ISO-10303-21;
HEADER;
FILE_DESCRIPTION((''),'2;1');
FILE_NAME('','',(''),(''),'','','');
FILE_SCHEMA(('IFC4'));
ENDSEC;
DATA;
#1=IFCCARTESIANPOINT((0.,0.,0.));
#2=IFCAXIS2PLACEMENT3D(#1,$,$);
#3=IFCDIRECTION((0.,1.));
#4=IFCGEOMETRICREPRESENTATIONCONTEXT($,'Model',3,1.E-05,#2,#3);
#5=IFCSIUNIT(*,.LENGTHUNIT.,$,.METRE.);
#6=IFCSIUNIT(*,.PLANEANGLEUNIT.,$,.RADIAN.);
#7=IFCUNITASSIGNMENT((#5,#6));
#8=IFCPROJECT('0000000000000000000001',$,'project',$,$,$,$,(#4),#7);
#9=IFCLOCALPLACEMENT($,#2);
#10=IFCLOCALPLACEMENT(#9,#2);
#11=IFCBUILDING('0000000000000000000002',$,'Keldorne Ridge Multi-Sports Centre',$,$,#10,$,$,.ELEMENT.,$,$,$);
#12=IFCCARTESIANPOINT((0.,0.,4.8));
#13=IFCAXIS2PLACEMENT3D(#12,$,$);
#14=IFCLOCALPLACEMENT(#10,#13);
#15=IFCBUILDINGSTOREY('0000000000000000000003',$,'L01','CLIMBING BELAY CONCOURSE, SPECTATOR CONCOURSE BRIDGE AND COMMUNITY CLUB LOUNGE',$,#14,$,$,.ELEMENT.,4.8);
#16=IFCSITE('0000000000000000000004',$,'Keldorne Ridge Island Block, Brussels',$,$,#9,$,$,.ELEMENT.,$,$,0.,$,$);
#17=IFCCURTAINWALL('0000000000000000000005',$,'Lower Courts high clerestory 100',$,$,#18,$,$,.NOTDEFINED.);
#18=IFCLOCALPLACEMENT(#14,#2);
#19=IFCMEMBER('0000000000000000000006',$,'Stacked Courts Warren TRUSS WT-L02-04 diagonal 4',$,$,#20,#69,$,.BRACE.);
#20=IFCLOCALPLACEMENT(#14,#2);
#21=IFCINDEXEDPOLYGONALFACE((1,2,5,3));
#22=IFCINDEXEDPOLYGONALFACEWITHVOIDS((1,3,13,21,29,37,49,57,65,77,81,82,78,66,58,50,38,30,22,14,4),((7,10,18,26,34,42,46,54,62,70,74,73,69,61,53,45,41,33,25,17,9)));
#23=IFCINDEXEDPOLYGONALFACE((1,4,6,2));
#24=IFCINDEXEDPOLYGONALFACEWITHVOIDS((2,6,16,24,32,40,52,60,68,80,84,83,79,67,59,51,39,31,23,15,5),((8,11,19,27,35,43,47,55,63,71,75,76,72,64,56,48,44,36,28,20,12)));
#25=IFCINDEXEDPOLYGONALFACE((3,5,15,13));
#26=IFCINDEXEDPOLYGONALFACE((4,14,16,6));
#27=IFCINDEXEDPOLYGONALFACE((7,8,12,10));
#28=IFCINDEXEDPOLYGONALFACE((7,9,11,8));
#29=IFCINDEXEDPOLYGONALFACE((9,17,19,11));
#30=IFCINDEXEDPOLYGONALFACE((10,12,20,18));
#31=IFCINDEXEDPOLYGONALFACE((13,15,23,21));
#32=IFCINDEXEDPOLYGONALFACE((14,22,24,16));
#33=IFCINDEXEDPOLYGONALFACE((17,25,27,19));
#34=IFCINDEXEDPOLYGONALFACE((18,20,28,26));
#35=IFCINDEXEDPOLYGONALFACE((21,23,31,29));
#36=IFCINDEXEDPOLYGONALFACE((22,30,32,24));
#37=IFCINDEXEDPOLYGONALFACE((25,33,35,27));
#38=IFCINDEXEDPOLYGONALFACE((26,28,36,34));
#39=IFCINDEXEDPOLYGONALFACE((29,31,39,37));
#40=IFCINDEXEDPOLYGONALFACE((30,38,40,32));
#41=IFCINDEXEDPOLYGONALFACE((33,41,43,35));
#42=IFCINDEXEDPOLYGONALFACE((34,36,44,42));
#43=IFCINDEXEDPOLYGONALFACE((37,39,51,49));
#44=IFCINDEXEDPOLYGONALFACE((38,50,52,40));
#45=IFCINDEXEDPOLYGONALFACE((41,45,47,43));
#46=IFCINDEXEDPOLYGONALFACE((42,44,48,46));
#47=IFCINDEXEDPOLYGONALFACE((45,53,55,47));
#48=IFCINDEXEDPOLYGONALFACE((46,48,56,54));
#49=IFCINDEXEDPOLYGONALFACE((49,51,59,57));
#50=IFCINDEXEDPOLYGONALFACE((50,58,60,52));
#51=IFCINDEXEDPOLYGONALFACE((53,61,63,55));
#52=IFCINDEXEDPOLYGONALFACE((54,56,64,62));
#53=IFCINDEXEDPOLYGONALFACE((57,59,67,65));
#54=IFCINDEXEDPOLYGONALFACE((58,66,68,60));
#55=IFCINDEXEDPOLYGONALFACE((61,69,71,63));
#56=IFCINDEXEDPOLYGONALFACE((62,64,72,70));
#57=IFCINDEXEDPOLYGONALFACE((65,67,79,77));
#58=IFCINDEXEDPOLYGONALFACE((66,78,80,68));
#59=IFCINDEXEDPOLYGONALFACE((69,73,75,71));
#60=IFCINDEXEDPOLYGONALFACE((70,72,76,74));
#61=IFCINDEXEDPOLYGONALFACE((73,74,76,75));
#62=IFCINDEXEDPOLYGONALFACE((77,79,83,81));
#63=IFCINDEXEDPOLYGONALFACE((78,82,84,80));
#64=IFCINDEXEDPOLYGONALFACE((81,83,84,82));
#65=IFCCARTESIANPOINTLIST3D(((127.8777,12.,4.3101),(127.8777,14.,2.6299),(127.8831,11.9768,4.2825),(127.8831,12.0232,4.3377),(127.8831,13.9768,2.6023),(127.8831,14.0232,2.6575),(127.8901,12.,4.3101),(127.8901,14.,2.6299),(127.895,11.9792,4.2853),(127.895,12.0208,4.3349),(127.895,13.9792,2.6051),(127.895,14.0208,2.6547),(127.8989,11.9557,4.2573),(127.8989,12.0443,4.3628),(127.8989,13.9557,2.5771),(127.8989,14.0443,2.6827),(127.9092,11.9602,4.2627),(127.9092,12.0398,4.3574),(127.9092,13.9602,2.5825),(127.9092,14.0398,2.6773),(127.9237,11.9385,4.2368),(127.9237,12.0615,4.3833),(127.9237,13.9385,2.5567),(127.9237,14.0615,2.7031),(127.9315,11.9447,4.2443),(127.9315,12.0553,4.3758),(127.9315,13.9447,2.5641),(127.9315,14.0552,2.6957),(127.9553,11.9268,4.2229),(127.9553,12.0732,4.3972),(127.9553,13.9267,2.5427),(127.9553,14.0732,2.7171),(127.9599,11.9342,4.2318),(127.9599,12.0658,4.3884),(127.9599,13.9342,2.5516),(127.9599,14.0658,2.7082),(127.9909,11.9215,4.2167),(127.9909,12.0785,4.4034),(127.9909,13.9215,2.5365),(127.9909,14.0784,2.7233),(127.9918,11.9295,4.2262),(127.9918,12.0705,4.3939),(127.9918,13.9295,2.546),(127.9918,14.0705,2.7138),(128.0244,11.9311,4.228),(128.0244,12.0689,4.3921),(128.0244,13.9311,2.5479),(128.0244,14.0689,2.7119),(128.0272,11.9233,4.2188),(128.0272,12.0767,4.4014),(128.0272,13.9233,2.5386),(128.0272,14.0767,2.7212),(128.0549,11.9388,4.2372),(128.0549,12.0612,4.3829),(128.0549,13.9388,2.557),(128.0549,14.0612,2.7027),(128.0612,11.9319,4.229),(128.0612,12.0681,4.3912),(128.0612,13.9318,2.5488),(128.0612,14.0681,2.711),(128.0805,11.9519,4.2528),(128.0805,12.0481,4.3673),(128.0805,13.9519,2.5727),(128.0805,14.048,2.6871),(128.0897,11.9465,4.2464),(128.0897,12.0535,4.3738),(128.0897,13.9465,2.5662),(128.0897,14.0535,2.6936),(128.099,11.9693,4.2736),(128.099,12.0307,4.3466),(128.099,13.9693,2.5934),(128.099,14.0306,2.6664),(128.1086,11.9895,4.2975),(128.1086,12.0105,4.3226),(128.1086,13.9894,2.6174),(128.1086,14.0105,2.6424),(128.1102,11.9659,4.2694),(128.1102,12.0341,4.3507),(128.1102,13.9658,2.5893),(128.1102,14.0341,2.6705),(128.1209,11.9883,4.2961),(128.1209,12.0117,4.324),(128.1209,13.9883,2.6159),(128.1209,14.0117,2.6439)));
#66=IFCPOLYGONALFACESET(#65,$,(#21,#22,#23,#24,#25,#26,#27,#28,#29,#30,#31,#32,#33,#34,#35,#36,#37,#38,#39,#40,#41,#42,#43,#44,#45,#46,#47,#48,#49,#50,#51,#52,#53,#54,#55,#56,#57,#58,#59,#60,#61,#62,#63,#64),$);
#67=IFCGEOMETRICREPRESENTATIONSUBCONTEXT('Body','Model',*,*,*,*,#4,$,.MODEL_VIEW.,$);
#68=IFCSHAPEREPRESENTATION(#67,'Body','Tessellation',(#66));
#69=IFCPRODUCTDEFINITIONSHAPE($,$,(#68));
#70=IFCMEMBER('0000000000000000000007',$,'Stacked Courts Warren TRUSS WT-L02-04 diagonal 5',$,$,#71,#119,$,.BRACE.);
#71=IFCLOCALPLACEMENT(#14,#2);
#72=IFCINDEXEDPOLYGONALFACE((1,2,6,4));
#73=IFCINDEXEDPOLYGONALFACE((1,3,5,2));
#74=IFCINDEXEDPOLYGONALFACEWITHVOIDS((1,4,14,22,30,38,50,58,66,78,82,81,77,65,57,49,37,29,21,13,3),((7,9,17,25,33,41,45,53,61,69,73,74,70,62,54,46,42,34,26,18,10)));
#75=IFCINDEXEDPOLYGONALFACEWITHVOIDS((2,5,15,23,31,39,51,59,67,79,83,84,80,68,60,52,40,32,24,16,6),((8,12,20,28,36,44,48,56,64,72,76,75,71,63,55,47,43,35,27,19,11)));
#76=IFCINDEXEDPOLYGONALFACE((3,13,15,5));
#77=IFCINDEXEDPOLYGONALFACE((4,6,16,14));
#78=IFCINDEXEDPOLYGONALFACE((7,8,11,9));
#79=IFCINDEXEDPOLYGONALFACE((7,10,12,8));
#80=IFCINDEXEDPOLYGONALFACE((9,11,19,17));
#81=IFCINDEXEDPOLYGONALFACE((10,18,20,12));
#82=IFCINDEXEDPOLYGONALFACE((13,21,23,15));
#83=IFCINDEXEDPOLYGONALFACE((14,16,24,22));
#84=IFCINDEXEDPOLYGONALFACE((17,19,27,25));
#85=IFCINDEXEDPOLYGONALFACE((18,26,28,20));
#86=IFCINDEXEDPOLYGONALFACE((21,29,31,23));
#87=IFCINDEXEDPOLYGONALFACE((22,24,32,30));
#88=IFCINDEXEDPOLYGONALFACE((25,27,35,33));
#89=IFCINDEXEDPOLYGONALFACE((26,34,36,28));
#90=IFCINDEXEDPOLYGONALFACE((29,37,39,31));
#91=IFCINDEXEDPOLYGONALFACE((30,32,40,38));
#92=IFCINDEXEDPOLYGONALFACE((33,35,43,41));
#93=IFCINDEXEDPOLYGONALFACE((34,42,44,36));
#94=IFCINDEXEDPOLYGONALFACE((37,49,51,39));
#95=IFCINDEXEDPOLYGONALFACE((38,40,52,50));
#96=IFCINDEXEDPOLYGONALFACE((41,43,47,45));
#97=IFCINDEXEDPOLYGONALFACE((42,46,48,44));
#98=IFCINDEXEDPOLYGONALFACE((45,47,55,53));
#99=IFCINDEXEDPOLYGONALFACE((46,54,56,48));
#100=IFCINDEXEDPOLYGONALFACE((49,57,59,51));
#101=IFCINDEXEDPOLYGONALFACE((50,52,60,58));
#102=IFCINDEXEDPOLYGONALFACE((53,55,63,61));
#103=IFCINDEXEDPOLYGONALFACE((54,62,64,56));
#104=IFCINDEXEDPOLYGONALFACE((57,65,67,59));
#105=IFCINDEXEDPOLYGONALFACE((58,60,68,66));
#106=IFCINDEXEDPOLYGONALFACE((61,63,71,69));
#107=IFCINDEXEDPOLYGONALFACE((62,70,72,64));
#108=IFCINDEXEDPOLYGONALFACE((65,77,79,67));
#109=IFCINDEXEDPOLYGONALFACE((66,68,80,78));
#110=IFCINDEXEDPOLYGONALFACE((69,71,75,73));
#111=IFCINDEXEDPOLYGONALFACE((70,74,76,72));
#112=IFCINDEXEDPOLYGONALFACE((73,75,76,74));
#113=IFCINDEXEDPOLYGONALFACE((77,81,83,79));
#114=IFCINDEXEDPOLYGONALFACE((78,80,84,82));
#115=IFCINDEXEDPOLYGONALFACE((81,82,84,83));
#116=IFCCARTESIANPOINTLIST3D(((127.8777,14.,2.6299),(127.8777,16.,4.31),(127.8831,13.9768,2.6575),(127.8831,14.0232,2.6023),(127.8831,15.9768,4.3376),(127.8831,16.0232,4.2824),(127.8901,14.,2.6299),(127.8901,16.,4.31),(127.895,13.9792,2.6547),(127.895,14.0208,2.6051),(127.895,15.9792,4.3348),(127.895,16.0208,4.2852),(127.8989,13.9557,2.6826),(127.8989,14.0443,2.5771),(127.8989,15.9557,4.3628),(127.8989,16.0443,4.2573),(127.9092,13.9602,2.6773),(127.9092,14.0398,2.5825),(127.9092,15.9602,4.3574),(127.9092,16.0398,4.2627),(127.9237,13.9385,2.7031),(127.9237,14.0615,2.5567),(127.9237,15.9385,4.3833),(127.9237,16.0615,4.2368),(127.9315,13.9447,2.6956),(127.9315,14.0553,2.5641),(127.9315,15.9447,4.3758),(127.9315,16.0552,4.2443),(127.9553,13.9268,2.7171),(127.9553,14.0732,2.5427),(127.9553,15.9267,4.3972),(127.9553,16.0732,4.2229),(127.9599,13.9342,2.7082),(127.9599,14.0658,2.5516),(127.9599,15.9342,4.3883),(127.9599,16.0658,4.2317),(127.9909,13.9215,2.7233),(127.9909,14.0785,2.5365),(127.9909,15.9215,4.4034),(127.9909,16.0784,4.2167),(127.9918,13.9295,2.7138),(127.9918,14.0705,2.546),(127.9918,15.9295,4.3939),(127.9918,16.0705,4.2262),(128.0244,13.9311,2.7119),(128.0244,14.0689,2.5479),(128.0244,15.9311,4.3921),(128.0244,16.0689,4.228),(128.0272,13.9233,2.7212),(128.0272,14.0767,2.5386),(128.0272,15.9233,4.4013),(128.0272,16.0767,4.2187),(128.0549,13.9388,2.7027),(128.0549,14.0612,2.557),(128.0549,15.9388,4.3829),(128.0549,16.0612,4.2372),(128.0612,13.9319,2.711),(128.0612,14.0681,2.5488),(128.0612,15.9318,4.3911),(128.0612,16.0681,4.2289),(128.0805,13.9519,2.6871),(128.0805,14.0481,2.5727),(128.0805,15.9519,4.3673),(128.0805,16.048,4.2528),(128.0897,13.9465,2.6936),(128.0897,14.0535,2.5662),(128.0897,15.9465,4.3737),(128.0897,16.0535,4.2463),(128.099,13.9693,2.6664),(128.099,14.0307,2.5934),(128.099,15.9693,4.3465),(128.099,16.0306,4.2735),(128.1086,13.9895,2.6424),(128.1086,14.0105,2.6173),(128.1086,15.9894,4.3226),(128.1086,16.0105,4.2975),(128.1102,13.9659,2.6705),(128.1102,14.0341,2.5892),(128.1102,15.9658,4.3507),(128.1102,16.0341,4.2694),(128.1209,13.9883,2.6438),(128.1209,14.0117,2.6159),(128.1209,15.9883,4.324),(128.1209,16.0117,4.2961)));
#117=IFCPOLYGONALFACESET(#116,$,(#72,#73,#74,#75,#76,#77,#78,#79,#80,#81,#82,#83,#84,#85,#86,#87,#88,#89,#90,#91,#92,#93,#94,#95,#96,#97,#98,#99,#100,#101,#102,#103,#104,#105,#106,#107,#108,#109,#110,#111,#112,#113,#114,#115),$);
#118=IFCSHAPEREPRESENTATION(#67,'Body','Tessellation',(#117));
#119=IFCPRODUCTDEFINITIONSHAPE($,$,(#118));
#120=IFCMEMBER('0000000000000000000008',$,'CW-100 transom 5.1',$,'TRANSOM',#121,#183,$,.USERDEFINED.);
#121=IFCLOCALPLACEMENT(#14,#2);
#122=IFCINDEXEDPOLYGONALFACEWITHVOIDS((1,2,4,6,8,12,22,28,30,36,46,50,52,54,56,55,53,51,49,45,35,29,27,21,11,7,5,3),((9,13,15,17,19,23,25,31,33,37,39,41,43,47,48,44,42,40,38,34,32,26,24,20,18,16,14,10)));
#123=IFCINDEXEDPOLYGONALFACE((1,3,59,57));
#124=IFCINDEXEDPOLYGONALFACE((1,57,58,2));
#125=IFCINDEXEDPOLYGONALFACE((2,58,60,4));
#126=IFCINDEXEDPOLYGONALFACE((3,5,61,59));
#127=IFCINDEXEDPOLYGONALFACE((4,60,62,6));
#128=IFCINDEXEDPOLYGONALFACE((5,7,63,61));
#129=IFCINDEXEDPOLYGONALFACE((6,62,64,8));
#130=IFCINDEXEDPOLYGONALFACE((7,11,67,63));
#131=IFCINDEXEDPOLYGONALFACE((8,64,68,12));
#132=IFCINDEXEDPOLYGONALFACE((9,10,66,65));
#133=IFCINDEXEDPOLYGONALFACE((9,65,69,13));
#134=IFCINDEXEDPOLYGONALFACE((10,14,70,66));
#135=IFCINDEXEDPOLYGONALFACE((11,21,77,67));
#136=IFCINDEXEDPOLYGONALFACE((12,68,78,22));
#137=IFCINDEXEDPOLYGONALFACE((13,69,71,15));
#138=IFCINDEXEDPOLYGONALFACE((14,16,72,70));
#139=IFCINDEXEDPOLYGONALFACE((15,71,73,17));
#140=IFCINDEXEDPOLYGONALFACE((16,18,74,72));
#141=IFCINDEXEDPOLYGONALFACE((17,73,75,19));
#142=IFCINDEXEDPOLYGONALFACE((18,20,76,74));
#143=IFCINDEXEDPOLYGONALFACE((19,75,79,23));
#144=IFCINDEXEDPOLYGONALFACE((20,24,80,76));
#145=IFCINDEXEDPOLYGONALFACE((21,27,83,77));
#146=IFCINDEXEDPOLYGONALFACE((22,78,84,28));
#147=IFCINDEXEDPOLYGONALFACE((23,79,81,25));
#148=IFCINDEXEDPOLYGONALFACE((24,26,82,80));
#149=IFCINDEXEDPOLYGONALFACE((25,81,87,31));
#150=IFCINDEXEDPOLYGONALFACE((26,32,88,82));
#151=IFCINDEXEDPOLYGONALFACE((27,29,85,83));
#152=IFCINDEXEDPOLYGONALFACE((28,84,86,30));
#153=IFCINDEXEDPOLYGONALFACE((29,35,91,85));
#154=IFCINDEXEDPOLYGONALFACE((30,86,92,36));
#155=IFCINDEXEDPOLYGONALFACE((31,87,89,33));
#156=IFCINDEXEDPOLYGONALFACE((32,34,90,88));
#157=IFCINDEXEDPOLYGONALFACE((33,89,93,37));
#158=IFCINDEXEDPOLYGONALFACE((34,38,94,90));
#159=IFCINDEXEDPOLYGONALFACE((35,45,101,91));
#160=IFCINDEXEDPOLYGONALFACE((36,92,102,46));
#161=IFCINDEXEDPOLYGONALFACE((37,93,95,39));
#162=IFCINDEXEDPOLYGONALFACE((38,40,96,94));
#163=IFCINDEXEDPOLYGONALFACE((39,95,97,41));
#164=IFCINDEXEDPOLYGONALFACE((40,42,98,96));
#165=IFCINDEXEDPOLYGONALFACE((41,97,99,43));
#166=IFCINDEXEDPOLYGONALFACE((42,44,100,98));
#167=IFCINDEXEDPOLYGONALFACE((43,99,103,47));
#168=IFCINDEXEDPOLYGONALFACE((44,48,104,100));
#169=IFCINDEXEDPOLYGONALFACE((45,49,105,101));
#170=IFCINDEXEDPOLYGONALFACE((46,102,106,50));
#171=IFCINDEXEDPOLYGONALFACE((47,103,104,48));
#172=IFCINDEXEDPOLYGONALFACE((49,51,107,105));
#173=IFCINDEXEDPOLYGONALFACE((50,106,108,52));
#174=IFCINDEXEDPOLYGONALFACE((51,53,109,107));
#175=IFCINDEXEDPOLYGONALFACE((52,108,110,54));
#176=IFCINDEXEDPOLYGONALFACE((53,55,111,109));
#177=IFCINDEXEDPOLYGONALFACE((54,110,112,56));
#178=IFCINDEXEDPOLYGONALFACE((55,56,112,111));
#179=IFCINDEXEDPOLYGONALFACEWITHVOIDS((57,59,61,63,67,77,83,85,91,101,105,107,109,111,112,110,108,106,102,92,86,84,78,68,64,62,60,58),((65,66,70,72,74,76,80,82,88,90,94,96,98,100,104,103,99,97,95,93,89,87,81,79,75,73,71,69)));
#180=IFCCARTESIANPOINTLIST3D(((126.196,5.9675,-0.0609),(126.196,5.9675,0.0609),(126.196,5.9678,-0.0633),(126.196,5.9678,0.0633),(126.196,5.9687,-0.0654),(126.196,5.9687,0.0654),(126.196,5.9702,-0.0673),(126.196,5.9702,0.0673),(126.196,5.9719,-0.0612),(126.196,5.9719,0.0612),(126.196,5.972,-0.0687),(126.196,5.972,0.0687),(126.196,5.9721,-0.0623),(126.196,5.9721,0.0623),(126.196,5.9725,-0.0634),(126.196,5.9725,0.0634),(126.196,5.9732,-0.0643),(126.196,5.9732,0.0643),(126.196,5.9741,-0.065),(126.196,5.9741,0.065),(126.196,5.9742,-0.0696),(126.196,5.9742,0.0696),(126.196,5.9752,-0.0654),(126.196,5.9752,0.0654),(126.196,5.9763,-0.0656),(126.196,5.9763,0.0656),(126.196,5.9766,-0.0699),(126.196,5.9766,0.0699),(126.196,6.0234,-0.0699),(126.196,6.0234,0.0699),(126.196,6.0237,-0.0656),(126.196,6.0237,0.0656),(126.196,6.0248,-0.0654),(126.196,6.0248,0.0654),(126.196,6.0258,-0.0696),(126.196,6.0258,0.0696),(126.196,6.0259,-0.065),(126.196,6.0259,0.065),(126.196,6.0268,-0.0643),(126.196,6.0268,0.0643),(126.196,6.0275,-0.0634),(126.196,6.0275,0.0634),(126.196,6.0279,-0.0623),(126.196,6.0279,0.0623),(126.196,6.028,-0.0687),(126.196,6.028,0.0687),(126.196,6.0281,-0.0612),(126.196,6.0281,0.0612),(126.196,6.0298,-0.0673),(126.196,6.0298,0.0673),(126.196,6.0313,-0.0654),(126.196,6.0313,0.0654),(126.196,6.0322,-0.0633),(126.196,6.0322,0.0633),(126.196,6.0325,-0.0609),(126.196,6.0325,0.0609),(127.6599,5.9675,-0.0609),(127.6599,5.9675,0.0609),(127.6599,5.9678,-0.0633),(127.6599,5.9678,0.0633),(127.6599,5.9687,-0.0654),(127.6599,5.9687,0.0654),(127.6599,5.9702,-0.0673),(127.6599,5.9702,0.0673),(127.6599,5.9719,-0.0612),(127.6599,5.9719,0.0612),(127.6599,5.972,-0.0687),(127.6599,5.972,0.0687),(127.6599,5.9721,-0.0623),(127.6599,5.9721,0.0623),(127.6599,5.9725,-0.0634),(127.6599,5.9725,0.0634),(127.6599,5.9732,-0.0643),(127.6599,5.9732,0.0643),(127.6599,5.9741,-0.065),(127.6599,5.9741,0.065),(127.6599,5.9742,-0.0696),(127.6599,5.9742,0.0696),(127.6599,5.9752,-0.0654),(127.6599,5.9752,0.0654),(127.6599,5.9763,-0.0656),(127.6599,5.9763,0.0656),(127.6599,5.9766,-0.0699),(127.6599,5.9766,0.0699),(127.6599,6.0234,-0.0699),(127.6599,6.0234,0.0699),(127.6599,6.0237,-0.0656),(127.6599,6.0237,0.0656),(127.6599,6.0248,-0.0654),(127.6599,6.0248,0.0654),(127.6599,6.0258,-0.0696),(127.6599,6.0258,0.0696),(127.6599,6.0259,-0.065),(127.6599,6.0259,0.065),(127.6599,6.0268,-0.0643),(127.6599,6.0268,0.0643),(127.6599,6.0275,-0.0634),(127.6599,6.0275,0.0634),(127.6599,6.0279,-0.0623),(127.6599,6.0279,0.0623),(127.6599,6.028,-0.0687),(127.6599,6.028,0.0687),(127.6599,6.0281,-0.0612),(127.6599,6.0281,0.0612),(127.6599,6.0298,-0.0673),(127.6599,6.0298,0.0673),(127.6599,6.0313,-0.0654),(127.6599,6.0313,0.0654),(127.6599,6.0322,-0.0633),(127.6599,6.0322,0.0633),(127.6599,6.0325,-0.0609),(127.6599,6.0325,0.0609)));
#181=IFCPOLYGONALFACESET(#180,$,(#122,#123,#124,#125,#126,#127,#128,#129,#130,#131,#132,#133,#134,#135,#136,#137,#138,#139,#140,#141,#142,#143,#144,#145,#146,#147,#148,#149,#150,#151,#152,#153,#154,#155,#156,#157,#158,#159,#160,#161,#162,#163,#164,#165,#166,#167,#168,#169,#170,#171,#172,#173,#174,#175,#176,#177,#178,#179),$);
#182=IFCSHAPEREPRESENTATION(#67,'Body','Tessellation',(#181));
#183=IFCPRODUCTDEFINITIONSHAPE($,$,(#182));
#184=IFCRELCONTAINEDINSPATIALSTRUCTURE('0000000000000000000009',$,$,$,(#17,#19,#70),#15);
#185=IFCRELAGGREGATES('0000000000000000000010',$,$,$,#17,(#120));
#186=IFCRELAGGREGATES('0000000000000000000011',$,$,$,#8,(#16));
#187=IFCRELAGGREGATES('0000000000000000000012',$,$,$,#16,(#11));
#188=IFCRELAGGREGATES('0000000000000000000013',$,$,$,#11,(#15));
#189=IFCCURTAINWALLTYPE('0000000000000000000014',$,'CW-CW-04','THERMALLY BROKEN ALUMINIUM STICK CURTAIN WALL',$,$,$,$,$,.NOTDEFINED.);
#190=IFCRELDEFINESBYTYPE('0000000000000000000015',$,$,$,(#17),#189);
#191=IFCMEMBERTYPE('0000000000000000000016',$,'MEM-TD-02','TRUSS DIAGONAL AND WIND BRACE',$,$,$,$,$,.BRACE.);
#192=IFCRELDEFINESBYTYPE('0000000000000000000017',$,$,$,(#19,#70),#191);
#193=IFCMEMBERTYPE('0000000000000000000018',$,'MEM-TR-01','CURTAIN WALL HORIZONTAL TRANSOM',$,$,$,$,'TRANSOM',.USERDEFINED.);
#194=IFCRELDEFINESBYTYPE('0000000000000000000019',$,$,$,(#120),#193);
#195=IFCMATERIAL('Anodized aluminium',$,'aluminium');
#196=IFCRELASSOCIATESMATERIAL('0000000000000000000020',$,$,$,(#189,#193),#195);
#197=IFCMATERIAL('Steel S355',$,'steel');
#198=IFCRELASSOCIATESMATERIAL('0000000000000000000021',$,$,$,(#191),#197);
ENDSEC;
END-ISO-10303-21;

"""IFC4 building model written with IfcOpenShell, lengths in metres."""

from ifc_helpers import new_model, si_unit, direction, frame, origin, origin_2d, place, context, subcontext, project, spatial, hollow_rectangle, hollow_circle, extrude, material, material_profile, profile_set, type_object, element, aggregate, save


model = new_model("IFC4")

# Units and contexts
model_context = context("Model", 3, precision=1e-05, world=origin(), true_north=direction((0.0, 1.0)))
body_context = subcontext(model_context, "Body", "Model", "MODEL_VIEW")
ifc_project = project(units=[si_unit("LENGTHUNIT", "METRE"), si_unit("PLANEANGLEUNIT", "RADIAN")], contexts=[model_context])

# Site, building, storey
site_placement = place(None, origin())
site = spatial("IfcSite", under=ifc_project, at=site_placement, Name="Keldorne Ridge Island Block, Brussels", CompositionType="ELEMENT", RefElevation=0.0)
building_placement = place(site_placement, origin())
building = spatial("IfcBuilding", under=site, at=building_placement, Name="Keldorne Ridge Multi-Sports Centre", CompositionType="ELEMENT")
storey_placement = place(building_placement, frame((0.0, 0.0, 4.8)))
storey = spatial("IfcBuildingStorey", under=building, at=storey_placement, Name="L01", Description="CLIMBING BELAY CONCOURSE, SPECTATOR CONCOURSE BRIDGE AND COMMUNITY CLUB LOUNGE", CompositionType="ELEMENT", Elevation=4.8)

# Shared definitions
ifc_material_1 = material(Name="Steel S355", Category="steel")

# Curtain wall
ifc_material_2 = material(Name="Anodized aluminium", Category="aluminium")
curtain_wall_type = type_object("IfcCurtainWallType", Name="CW-CW-04", Description="THERMALLY BROKEN ALUMINIUM STICK CURTAIN WALL", PredefinedType="NOTDEFINED", material=ifc_material_2)
curtain_wall_placement = place(storey_placement, origin())
curtain_wall = element("IfcCurtainWall", 1, at=curtain_wall_placement, inside=storey, type_object=curtain_wall_type, Name="Lower Courts high clerestory 100", PredefinedType="NOTDEFINED")

# Members
ifc_material_profile_1 = material_profile(ifc_material_1, hollow_circle(Radius=0.1223, WallThickness=0.0125, at=origin_2d()), Name="CHS 244.5x12.5")
ifc_profile_set_1 = profile_set([ifc_material_profile_1], Name="Steel S355")
member_type_1 = type_object("IfcMemberType", Name="MEM-TD-02", Description="TRUSS DIAGONAL AND WIND BRACE", PredefinedType="BRACE", material=ifc_profile_set_1)
for number, where, z_axis, x_axis, name in (
    (2, (128.0, 12.0, 4.3101), (0.0, 0.765672, -0.643232), (-1.0, 0.0, 0.0), "Stacked Courts Warren TRUSS WT-L02-04 diagonal 4"),
    (3, (128.0, 14.0, 2.6299), (0.0, 0.765672, 0.643232), (-1.0, 0.0, 0.0), "Stacked Courts Warren TRUSS WT-L02-04 diagonal 5"),
):
    element("IfcMember", number, at=place(storey_placement, frame(where, z_axis=z_axis, x_axis=x_axis)), inside=storey, type_object=member_type_1, Name=name, PredefinedType="BRACE", context=body_context, shape_type="SweptSolid", body=[
        extrude(hollow_circle(Radius=0.1223, WallThickness=0.0125, at=origin_2d()), origin(), (0.0, 0.0, 1.0), 2.6121),
    ])

# Member
ifc_material_profile_2 = material_profile(ifc_material_2, hollow_rectangle(XDim=0.0649, YDim=0.1399, WallThickness=0.0044, InnerFilletRadius=0.0044, OuterFilletRadius=0.009, at=origin_2d()), Name="ALU TRANSOM 140x65x4.5")
ifc_profile_set_2 = profile_set([ifc_material_profile_2], Name="Anodized aluminium")
member_type_2 = type_object("IfcMemberType", Name="MEM-TR-01", Description="CURTAIN WALL HORIZONTAL TRANSOM", ElementType="TRANSOM", PredefinedType="USERDEFINED", material=ifc_profile_set_2)
member_1_placement = place(storey_placement, frame((126.196, 6.0, 0.0), z_axis=(1.0, 0.0, 0.0), x_axis=(0.0, 1.0, 0.0)))
member_1 = element("IfcMember", 4, at=member_1_placement, type_object=member_type_2, Name="CW-100 transom 5.1", ObjectType="TRANSOM", PredefinedType="USERDEFINED", context=body_context, shape_type="SweptSolid", body=[
    extrude(hollow_rectangle(XDim=0.0649, YDim=0.1399, WallThickness=0.0044, InnerFilletRadius=0.0044, OuterFilletRadius=0.009, at=origin_2d()), origin(), (0.0, 0.0, 1.0), 1.4639),
])

aggregate(curtain_wall, [member_1])

save(model, "model.ifc")
